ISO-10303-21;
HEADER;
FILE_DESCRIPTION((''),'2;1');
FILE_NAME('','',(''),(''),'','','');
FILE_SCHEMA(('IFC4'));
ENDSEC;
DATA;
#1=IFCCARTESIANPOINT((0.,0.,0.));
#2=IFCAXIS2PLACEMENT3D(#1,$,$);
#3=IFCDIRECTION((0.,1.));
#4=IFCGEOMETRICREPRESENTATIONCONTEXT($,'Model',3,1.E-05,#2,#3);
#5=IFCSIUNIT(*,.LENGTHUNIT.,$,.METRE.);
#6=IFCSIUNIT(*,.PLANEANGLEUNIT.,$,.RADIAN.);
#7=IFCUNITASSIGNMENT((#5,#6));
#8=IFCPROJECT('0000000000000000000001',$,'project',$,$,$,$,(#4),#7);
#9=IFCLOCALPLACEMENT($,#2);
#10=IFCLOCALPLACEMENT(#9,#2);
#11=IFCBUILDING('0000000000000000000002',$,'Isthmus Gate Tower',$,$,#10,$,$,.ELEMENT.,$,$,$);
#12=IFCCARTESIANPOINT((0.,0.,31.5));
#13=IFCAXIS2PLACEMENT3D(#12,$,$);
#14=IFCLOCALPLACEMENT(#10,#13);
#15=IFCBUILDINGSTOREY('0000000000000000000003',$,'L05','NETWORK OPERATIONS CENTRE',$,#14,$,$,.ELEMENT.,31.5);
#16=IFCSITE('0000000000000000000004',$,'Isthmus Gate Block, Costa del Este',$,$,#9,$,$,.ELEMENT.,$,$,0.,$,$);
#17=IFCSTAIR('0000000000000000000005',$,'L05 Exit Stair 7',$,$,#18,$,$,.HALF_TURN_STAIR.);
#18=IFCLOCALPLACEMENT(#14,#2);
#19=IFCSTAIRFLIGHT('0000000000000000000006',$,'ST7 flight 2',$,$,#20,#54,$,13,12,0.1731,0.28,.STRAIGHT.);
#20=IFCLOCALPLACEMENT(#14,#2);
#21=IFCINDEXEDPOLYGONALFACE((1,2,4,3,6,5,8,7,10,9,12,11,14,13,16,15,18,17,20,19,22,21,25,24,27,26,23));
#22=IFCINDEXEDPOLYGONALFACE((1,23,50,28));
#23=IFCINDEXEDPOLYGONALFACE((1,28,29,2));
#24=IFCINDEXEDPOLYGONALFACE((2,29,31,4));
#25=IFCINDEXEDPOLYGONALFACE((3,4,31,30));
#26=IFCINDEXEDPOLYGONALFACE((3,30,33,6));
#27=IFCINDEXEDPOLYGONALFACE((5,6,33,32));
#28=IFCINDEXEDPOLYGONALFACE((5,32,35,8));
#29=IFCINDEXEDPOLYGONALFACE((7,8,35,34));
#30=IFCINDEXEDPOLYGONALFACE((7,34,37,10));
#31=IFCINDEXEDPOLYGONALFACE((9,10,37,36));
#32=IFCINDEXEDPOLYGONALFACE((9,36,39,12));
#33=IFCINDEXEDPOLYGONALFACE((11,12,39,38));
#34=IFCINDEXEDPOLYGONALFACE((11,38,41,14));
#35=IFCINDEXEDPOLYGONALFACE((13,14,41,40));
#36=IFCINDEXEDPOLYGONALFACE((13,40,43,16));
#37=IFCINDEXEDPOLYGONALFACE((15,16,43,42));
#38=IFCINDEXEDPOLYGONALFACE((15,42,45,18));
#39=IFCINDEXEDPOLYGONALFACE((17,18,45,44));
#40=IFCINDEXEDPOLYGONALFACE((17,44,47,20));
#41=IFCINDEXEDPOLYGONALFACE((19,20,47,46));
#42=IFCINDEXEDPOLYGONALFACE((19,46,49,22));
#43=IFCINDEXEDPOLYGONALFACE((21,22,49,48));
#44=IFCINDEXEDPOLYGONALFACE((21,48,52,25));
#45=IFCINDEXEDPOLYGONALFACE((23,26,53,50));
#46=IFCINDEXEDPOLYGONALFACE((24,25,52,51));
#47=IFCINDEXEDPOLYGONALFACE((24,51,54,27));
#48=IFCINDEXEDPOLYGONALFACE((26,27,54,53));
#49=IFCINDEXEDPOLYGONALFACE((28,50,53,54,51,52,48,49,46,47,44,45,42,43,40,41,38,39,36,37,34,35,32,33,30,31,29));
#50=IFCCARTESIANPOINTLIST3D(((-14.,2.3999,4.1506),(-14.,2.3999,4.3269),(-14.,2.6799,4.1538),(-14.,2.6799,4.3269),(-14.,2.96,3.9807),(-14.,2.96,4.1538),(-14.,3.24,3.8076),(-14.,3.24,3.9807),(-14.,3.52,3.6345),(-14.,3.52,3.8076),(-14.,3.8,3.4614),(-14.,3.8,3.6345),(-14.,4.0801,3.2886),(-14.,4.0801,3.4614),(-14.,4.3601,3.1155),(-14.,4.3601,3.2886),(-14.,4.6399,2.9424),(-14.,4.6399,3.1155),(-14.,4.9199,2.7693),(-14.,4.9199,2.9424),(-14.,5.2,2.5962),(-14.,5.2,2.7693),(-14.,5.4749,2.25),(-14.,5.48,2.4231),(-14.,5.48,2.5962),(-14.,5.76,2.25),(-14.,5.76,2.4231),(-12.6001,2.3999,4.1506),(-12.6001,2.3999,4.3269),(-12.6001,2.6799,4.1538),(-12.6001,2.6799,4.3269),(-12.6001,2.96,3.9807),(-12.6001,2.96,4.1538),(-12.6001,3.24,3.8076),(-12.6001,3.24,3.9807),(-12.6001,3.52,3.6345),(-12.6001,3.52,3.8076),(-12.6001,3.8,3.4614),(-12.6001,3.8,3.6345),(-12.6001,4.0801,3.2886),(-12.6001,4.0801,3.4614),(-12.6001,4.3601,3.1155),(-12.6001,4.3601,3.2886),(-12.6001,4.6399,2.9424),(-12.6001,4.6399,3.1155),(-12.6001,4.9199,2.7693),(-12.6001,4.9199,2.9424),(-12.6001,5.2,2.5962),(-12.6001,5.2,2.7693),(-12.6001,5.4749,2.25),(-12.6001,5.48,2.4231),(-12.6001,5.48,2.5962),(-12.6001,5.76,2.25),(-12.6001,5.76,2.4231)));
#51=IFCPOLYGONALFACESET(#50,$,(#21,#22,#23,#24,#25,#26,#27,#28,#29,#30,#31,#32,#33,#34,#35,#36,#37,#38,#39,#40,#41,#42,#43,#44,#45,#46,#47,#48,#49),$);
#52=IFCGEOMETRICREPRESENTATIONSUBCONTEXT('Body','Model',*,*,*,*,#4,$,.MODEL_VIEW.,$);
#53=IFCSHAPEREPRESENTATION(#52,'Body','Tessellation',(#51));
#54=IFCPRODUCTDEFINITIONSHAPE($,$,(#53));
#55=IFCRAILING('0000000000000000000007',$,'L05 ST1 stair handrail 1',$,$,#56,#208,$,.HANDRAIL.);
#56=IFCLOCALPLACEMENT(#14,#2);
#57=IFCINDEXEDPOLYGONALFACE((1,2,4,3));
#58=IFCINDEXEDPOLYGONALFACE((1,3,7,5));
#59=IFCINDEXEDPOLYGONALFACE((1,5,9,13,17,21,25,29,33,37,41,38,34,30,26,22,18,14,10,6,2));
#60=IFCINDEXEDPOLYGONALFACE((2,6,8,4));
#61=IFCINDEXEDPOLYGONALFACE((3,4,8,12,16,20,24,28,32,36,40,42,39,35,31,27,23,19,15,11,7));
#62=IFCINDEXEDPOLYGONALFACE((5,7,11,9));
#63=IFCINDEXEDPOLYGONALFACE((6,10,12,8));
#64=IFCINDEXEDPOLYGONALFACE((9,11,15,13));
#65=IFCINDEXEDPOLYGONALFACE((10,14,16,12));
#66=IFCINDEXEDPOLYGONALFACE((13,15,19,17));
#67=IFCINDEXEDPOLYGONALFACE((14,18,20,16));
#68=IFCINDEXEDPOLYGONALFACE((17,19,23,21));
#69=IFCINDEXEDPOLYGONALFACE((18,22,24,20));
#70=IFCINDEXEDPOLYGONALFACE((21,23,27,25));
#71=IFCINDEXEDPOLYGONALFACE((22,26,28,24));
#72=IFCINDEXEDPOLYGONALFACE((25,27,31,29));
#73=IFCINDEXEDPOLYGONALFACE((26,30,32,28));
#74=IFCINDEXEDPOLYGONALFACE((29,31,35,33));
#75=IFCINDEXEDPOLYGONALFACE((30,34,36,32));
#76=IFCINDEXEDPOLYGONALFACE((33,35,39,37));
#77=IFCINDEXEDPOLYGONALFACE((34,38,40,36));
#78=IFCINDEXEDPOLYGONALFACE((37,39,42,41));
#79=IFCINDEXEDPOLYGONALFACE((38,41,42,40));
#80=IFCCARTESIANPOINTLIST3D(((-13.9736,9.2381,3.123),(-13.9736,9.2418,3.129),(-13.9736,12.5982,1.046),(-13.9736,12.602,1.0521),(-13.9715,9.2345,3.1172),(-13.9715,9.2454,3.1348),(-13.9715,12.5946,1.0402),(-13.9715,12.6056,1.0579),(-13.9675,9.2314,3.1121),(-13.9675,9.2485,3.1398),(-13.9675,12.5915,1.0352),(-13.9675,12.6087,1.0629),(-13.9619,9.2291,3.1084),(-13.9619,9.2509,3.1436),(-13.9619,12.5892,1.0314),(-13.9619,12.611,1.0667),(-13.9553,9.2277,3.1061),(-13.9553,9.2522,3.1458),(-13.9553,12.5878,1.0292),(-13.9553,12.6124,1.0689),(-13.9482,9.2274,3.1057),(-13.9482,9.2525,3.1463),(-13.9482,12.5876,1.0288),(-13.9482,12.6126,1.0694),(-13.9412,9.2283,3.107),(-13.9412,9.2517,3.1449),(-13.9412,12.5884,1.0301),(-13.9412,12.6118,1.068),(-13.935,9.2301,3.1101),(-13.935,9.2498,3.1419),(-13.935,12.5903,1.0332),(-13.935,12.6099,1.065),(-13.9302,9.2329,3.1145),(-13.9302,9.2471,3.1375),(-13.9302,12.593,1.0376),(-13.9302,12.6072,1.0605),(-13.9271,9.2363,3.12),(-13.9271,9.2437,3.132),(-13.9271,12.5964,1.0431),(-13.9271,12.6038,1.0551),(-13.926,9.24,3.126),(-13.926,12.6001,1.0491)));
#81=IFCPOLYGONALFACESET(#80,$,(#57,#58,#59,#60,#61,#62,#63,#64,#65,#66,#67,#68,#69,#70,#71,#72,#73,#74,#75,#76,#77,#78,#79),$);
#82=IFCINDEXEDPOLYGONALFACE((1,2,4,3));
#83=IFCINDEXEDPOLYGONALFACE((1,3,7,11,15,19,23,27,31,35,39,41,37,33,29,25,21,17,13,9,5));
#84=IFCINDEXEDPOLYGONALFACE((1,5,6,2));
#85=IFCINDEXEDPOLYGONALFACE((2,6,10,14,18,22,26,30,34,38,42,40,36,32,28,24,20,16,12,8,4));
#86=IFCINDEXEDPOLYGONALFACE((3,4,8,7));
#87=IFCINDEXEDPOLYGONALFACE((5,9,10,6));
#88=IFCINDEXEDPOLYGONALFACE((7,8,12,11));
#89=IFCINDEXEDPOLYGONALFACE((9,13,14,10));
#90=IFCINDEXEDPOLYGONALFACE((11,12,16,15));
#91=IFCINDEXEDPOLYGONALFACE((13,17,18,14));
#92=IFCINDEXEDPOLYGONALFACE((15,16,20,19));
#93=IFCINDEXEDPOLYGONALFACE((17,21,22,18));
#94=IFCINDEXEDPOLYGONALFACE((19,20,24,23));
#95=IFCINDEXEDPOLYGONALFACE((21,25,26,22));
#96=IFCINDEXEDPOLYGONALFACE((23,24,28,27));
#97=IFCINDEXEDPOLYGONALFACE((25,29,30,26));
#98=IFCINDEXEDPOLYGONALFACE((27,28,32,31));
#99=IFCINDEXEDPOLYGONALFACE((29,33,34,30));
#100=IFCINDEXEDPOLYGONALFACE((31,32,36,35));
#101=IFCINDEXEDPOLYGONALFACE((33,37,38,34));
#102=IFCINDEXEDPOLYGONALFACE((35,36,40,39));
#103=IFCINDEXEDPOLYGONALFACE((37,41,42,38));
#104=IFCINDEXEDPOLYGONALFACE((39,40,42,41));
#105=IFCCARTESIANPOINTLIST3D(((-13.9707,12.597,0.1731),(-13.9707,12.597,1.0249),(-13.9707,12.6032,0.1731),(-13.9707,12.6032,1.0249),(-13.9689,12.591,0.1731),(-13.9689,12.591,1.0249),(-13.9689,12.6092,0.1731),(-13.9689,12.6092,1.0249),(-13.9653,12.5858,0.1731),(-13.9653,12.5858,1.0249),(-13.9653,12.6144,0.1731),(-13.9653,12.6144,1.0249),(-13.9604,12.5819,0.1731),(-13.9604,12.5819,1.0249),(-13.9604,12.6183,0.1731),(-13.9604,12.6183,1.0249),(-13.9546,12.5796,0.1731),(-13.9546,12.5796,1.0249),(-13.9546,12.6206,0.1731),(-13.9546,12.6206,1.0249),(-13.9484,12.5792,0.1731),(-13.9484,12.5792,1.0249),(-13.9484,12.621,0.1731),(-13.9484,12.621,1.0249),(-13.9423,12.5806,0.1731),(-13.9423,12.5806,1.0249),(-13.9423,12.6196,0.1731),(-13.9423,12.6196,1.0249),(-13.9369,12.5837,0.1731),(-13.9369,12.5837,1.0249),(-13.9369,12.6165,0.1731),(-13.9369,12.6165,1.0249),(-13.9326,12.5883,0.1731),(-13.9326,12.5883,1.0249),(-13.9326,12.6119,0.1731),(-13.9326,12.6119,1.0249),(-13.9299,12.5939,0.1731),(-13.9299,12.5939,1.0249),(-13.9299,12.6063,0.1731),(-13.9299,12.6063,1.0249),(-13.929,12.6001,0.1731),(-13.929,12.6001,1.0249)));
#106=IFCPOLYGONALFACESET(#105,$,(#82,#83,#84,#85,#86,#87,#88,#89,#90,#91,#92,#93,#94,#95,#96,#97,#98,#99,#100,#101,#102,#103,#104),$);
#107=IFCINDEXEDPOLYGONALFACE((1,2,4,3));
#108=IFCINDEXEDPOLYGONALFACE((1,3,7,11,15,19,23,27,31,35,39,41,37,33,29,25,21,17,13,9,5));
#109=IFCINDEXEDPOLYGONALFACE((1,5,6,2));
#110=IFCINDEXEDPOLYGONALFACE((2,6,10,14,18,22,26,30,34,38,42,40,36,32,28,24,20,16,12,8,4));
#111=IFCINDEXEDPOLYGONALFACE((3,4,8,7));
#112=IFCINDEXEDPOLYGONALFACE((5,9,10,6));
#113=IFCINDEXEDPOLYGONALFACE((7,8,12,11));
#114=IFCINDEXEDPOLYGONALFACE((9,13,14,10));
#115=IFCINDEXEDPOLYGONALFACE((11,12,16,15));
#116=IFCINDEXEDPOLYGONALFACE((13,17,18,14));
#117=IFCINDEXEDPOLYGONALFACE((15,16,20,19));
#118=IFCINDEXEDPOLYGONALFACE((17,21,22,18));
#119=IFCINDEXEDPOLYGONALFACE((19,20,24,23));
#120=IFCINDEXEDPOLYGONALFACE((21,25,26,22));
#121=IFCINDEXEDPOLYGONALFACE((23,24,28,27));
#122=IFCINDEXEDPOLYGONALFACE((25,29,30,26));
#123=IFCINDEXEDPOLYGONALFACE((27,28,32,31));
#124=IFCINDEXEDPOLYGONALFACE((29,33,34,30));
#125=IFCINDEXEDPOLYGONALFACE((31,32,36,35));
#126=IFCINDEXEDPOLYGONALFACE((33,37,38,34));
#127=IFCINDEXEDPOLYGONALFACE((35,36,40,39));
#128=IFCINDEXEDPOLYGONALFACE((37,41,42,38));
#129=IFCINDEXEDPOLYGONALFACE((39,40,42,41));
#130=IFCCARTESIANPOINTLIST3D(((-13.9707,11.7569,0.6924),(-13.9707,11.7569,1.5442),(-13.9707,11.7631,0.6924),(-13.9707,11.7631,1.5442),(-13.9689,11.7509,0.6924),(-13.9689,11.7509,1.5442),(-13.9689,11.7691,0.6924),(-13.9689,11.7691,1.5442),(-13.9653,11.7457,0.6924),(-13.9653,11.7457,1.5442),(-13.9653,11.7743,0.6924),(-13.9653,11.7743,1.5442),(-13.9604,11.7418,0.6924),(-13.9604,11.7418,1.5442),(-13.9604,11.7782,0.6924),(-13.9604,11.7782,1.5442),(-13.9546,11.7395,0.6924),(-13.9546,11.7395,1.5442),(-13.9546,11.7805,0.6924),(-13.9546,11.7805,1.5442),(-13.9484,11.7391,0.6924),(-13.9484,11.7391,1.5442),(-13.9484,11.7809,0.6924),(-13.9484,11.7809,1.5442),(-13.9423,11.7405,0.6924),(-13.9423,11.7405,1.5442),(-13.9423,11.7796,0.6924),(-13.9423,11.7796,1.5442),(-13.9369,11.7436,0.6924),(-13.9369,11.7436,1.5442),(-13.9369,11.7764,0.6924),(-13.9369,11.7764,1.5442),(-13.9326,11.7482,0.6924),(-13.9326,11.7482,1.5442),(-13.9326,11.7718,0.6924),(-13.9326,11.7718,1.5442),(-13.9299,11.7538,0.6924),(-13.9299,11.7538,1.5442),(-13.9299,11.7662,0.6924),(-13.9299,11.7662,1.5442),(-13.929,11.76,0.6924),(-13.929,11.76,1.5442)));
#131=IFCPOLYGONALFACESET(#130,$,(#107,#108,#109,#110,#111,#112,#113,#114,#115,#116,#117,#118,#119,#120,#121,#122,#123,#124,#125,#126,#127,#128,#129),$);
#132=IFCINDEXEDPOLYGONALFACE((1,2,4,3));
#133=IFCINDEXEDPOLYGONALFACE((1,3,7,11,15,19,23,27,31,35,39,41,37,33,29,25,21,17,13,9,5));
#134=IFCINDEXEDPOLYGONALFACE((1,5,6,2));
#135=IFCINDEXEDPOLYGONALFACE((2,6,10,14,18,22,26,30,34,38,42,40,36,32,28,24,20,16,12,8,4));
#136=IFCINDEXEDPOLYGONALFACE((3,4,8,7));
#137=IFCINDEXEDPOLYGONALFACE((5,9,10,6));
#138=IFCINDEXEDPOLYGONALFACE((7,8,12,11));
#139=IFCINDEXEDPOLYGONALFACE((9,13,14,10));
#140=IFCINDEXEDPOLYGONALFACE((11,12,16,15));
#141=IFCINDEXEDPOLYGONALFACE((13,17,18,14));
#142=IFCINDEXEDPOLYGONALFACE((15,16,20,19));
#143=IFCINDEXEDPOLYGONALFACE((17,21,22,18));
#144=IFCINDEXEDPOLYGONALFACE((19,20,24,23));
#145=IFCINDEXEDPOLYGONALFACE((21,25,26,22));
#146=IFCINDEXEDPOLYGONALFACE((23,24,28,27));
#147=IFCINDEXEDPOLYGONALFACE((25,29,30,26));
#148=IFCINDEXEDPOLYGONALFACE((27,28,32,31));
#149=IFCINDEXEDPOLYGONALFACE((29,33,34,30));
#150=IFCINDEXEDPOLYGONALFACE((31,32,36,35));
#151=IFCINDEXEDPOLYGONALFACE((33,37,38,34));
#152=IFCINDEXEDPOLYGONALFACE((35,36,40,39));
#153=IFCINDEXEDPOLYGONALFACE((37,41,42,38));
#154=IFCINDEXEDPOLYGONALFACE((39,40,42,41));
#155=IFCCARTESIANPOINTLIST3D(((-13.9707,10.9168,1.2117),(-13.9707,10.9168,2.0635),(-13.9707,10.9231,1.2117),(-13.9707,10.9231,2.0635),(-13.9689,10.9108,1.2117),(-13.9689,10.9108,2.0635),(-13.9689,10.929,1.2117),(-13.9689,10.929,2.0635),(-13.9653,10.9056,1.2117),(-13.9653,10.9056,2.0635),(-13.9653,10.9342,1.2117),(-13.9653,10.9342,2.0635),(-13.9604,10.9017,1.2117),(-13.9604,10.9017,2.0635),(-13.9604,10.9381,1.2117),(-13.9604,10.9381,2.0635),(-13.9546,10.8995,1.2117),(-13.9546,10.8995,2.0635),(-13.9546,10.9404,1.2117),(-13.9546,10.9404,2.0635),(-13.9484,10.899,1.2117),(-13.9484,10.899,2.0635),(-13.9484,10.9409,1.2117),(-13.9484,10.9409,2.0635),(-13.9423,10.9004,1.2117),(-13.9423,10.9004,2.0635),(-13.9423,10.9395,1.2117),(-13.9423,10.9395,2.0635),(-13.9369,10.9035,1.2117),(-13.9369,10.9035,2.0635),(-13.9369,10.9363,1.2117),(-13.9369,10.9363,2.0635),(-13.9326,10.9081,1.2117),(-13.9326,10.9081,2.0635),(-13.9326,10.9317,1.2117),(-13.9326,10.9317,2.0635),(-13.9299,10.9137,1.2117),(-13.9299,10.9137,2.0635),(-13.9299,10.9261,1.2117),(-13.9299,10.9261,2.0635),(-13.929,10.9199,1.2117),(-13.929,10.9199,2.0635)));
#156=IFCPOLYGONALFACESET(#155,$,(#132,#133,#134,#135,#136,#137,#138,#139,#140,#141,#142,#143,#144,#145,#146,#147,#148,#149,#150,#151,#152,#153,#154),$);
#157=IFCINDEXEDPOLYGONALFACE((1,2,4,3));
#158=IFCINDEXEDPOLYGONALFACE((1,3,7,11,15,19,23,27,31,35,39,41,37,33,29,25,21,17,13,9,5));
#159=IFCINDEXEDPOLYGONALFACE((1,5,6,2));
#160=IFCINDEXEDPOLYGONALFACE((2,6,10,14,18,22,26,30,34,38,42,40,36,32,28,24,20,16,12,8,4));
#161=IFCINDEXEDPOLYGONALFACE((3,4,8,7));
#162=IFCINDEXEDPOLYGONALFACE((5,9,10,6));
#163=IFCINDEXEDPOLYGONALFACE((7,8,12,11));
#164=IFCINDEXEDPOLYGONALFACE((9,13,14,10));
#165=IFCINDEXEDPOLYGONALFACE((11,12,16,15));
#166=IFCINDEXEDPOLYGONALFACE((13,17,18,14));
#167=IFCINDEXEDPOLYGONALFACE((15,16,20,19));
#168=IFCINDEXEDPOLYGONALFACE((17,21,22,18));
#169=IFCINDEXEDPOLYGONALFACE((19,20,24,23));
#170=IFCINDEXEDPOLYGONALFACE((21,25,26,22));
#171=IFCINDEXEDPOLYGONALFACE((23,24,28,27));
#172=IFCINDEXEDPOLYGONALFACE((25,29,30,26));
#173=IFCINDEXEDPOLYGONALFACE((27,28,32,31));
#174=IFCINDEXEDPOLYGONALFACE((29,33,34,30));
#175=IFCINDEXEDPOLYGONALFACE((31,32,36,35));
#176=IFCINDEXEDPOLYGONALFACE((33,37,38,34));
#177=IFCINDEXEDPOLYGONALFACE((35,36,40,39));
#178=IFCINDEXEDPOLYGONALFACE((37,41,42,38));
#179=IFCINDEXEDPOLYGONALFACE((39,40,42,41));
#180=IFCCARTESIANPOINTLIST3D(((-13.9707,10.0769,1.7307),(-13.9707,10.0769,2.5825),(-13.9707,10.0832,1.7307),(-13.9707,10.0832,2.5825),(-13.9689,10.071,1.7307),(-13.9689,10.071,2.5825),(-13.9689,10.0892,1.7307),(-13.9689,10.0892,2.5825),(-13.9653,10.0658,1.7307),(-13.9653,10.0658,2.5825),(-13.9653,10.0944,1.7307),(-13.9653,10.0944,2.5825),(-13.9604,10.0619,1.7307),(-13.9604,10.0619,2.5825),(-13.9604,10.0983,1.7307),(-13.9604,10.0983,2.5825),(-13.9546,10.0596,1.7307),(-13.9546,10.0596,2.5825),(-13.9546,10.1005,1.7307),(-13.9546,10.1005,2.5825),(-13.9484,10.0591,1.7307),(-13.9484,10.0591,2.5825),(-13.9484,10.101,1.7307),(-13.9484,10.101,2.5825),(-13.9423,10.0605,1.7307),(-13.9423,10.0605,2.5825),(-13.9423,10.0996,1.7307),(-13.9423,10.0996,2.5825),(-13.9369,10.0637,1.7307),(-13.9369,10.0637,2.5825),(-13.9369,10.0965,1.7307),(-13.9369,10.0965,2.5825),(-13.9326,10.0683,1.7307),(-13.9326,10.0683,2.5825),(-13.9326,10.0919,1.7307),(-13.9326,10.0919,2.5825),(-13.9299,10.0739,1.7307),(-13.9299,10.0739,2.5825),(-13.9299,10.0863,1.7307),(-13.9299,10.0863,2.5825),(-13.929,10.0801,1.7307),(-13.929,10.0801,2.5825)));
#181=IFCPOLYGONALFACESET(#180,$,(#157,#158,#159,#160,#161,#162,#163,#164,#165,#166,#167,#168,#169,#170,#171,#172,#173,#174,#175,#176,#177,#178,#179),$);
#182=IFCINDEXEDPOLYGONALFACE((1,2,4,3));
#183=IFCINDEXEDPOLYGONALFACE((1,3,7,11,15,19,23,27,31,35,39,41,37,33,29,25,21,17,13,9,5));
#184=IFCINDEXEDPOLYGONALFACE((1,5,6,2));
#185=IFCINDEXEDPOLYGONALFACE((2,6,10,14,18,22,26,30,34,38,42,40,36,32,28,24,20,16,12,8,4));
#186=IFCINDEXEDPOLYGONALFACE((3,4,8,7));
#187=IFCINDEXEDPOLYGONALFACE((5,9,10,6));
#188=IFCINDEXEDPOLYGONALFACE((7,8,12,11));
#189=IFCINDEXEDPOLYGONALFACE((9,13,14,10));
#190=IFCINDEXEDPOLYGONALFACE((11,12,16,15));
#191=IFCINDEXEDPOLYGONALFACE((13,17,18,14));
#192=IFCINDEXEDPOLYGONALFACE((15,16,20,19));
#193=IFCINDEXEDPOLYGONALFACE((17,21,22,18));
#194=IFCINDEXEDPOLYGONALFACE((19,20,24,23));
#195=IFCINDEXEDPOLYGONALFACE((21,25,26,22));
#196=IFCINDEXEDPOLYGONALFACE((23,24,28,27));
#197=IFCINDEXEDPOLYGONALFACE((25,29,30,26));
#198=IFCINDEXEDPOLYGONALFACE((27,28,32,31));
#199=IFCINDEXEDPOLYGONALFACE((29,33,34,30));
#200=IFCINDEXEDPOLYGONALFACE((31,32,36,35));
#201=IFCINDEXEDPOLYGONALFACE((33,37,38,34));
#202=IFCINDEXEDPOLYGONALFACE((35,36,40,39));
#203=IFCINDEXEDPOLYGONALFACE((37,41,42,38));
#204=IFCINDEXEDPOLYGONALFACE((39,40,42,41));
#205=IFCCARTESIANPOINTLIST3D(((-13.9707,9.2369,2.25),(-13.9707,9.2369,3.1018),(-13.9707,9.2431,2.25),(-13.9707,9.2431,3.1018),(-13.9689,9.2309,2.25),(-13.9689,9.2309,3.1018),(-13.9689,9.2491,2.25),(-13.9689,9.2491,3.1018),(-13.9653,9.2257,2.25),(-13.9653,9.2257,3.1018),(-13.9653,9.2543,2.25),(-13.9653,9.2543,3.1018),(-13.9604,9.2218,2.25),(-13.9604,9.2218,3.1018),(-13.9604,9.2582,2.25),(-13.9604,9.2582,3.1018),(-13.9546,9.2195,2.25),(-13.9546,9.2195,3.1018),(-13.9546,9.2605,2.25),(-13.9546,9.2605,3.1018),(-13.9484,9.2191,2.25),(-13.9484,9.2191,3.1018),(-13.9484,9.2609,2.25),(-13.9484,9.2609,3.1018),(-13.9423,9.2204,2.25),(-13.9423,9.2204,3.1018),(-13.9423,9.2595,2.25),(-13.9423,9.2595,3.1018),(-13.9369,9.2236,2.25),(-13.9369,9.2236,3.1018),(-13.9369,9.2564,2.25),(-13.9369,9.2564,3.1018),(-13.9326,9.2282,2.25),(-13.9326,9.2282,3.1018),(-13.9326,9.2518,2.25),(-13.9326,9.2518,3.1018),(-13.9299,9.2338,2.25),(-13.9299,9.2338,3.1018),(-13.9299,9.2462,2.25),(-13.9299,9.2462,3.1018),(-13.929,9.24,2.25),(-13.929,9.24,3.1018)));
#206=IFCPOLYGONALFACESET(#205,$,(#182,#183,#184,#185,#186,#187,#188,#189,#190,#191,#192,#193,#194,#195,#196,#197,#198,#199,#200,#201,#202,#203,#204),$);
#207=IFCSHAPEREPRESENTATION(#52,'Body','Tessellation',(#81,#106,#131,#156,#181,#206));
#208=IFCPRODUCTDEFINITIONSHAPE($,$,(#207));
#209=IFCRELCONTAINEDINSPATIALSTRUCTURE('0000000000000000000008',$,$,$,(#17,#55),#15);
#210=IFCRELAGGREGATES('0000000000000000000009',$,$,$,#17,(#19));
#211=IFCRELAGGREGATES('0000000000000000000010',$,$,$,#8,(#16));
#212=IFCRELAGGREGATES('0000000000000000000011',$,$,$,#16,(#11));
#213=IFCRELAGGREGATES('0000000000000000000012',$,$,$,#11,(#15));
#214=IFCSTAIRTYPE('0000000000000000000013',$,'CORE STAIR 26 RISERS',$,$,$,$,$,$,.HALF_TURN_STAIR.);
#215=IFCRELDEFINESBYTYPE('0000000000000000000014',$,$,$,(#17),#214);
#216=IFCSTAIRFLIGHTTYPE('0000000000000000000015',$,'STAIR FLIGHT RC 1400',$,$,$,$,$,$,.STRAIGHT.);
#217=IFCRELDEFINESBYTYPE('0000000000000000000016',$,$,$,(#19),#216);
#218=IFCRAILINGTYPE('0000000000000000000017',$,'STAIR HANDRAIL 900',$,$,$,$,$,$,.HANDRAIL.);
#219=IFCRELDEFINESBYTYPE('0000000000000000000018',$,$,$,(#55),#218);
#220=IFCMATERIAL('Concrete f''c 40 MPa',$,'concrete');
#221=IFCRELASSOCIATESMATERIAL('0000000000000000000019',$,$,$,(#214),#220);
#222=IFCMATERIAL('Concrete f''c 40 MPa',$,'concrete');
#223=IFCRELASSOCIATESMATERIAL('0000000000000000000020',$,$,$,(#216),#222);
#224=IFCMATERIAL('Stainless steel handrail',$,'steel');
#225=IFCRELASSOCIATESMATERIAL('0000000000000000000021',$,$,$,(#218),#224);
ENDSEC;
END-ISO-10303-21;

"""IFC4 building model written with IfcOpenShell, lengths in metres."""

from ifc_helpers import new_model, si_unit, direction, frame, origin, origin_2d, place, context, subcontext, project, spatial, polyline, circle, outline, extrude, material, type_object, element, aggregate, save


model = new_model("IFC4")

# Units and contexts
model_context = context("Model", 3, precision=1e-05, world=origin(), true_north=direction((0.0, 1.0)))
body_context = subcontext(model_context, "Body", "Model", "MODEL_VIEW")
ifc_project = project(units=[si_unit("LENGTHUNIT", "METRE"), si_unit("PLANEANGLEUNIT", "RADIAN")], contexts=[model_context])

# Site, building, storey
site_placement = place(None, origin())
site = spatial("IfcSite", under=ifc_project, at=site_placement, Name="Isthmus Gate Block, Costa del Este", CompositionType="ELEMENT", RefElevation=0.0)
building_placement = place(site_placement, origin())
building = spatial("IfcBuilding", under=site, at=building_placement, Name="Isthmus Gate Tower", CompositionType="ELEMENT")
storey_placement = place(building_placement, frame((0.0, 0.0, 31.5)))
storey = spatial("IfcBuildingStorey", under=building, at=storey_placement, Name="L05", Description="NETWORK OPERATIONS CENTRE", CompositionType="ELEMENT", Elevation=31.5)

# Stair, stair flight
ifc_material_1 = material(Name="Concrete f'c 40 MPa", Category="concrete")
stair_type = type_object("IfcStairType", Name="CORE STAIR 26 RISERS", PredefinedType="HALF_TURN_STAIR", material=ifc_material_1)
ifc_material_2 = material(Name="Concrete f'c 40 MPa", Category="concrete")
stair_flight_type = type_object("IfcStairFlightType", Name="STAIR FLIGHT RC 1400", PredefinedType="STRAIGHT", material=ifc_material_2)
stair_1_placement = place(storey_placement, origin())
stair_1 = element("IfcStair", 1, at=stair_1_placement, inside=storey, type_object=stair_type, Name="L05 Exit Stair 7", PredefinedType="HALF_TURN_STAIR")
stair_flight_1_placement = place(storey_placement, frame((-13.3, 5.76, 2.25), z_axis=(0.0, 0.0, 1.0), x_axis=(0.0, -1.0, 0.0)))
stair_flight_1 = element("IfcStairFlight", 2, at=stair_flight_1_placement, type_object=stair_flight_type, Name="ST7 flight 2", NumberOfRisers=13, NumberOfTreads=12, PredefinedType="STRAIGHT", RiserHeight=0.1731, TreadLength=0.28, context=body_context, shape_type="SweptSolid", body=[
    extrude(outline(polyline([(0.0, 0.0), (0.0, 0.1731), (0.28, 0.1731), (0.28, 0.3462), (0.5601, 0.3462), (0.5601, 0.5193), (0.8401, 0.5193), (0.8401, 0.6924), (1.1201, 0.6924), (1.1201, 0.8655), (1.3999, 0.8655), (1.3999, 1.0386), (1.6799, 1.0386), (1.6799, 1.2114), (1.96, 1.2114), (1.96, 1.3845), (2.24, 1.3845), (2.24, 1.5576), (2.52, 1.5576), (2.52, 1.7307), (2.8, 1.7307), (2.8, 1.9038), (3.0801, 1.9038), (3.0801, 2.0769), (3.3601, 2.0769), (3.3601, 2.25), (3.3601, 1.9006), (0.2852, 0.0), (0.0, 0.0)])), frame((0.0, 0.7, 0.0), z_axis=(0.0, -1.0, 0.0), x_axis=(1.0, 0.0, 0.0)), (0.0, 0.0, 1.0), 1.3999),
])
aggregate(stair_1, [stair_flight_1])

# Railing
ifc_material_3 = material(Name="Stainless steel handrail", Category="steel")
railing_type = type_object("IfcRailingType", Name="STAIR HANDRAIL 900", PredefinedType="HANDRAIL", material=ifc_material_3)
for number, where, name in (
    (3, (-13.95, 12.6001, 0.1731), "L05 ST1 stair handrail 1"),
):
    element("IfcRailing", number, at=place(storey_placement, frame(where)), inside=storey, type_object=railing_type, Name=name, PredefinedType="HANDRAIL", context=body_context, shape_type="SweptSolid", body=[
        extrude(circle(Radius=0.0239, at=origin_2d()), frame((0.0, 0.0, 0.876), z_axis=(0.0, -0.850623, 0.525776), x_axis=(1.0, 0.0, 0.0)), (0.0, 0.0, 1.0), 3.9502),
        extrude(circle(Radius=0.021, at=origin_2d()), origin(), (0.0, 0.0, 1.0), 0.8518),
        extrude(circle(Radius=0.021, at=origin_2d()), frame((0.0, -0.8401, 0.5193)), (0.0, 0.0, 1.0), 0.8518),
        extrude(circle(Radius=0.021, at=origin_2d()), frame((0.0, -1.6802, 1.0386)), (0.0, 0.0, 1.0), 0.8518),
        extrude(circle(Radius=0.021, at=origin_2d()), frame((0.0, -2.52, 1.5576)), (0.0, 0.0, 1.0), 0.8518),
        extrude(circle(Radius=0.021, at=origin_2d()), frame((0.0, -3.3601, 2.0769)), (0.0, 0.0, 1.0), 0.8518),
    ])

save(model, "model.ifc")
